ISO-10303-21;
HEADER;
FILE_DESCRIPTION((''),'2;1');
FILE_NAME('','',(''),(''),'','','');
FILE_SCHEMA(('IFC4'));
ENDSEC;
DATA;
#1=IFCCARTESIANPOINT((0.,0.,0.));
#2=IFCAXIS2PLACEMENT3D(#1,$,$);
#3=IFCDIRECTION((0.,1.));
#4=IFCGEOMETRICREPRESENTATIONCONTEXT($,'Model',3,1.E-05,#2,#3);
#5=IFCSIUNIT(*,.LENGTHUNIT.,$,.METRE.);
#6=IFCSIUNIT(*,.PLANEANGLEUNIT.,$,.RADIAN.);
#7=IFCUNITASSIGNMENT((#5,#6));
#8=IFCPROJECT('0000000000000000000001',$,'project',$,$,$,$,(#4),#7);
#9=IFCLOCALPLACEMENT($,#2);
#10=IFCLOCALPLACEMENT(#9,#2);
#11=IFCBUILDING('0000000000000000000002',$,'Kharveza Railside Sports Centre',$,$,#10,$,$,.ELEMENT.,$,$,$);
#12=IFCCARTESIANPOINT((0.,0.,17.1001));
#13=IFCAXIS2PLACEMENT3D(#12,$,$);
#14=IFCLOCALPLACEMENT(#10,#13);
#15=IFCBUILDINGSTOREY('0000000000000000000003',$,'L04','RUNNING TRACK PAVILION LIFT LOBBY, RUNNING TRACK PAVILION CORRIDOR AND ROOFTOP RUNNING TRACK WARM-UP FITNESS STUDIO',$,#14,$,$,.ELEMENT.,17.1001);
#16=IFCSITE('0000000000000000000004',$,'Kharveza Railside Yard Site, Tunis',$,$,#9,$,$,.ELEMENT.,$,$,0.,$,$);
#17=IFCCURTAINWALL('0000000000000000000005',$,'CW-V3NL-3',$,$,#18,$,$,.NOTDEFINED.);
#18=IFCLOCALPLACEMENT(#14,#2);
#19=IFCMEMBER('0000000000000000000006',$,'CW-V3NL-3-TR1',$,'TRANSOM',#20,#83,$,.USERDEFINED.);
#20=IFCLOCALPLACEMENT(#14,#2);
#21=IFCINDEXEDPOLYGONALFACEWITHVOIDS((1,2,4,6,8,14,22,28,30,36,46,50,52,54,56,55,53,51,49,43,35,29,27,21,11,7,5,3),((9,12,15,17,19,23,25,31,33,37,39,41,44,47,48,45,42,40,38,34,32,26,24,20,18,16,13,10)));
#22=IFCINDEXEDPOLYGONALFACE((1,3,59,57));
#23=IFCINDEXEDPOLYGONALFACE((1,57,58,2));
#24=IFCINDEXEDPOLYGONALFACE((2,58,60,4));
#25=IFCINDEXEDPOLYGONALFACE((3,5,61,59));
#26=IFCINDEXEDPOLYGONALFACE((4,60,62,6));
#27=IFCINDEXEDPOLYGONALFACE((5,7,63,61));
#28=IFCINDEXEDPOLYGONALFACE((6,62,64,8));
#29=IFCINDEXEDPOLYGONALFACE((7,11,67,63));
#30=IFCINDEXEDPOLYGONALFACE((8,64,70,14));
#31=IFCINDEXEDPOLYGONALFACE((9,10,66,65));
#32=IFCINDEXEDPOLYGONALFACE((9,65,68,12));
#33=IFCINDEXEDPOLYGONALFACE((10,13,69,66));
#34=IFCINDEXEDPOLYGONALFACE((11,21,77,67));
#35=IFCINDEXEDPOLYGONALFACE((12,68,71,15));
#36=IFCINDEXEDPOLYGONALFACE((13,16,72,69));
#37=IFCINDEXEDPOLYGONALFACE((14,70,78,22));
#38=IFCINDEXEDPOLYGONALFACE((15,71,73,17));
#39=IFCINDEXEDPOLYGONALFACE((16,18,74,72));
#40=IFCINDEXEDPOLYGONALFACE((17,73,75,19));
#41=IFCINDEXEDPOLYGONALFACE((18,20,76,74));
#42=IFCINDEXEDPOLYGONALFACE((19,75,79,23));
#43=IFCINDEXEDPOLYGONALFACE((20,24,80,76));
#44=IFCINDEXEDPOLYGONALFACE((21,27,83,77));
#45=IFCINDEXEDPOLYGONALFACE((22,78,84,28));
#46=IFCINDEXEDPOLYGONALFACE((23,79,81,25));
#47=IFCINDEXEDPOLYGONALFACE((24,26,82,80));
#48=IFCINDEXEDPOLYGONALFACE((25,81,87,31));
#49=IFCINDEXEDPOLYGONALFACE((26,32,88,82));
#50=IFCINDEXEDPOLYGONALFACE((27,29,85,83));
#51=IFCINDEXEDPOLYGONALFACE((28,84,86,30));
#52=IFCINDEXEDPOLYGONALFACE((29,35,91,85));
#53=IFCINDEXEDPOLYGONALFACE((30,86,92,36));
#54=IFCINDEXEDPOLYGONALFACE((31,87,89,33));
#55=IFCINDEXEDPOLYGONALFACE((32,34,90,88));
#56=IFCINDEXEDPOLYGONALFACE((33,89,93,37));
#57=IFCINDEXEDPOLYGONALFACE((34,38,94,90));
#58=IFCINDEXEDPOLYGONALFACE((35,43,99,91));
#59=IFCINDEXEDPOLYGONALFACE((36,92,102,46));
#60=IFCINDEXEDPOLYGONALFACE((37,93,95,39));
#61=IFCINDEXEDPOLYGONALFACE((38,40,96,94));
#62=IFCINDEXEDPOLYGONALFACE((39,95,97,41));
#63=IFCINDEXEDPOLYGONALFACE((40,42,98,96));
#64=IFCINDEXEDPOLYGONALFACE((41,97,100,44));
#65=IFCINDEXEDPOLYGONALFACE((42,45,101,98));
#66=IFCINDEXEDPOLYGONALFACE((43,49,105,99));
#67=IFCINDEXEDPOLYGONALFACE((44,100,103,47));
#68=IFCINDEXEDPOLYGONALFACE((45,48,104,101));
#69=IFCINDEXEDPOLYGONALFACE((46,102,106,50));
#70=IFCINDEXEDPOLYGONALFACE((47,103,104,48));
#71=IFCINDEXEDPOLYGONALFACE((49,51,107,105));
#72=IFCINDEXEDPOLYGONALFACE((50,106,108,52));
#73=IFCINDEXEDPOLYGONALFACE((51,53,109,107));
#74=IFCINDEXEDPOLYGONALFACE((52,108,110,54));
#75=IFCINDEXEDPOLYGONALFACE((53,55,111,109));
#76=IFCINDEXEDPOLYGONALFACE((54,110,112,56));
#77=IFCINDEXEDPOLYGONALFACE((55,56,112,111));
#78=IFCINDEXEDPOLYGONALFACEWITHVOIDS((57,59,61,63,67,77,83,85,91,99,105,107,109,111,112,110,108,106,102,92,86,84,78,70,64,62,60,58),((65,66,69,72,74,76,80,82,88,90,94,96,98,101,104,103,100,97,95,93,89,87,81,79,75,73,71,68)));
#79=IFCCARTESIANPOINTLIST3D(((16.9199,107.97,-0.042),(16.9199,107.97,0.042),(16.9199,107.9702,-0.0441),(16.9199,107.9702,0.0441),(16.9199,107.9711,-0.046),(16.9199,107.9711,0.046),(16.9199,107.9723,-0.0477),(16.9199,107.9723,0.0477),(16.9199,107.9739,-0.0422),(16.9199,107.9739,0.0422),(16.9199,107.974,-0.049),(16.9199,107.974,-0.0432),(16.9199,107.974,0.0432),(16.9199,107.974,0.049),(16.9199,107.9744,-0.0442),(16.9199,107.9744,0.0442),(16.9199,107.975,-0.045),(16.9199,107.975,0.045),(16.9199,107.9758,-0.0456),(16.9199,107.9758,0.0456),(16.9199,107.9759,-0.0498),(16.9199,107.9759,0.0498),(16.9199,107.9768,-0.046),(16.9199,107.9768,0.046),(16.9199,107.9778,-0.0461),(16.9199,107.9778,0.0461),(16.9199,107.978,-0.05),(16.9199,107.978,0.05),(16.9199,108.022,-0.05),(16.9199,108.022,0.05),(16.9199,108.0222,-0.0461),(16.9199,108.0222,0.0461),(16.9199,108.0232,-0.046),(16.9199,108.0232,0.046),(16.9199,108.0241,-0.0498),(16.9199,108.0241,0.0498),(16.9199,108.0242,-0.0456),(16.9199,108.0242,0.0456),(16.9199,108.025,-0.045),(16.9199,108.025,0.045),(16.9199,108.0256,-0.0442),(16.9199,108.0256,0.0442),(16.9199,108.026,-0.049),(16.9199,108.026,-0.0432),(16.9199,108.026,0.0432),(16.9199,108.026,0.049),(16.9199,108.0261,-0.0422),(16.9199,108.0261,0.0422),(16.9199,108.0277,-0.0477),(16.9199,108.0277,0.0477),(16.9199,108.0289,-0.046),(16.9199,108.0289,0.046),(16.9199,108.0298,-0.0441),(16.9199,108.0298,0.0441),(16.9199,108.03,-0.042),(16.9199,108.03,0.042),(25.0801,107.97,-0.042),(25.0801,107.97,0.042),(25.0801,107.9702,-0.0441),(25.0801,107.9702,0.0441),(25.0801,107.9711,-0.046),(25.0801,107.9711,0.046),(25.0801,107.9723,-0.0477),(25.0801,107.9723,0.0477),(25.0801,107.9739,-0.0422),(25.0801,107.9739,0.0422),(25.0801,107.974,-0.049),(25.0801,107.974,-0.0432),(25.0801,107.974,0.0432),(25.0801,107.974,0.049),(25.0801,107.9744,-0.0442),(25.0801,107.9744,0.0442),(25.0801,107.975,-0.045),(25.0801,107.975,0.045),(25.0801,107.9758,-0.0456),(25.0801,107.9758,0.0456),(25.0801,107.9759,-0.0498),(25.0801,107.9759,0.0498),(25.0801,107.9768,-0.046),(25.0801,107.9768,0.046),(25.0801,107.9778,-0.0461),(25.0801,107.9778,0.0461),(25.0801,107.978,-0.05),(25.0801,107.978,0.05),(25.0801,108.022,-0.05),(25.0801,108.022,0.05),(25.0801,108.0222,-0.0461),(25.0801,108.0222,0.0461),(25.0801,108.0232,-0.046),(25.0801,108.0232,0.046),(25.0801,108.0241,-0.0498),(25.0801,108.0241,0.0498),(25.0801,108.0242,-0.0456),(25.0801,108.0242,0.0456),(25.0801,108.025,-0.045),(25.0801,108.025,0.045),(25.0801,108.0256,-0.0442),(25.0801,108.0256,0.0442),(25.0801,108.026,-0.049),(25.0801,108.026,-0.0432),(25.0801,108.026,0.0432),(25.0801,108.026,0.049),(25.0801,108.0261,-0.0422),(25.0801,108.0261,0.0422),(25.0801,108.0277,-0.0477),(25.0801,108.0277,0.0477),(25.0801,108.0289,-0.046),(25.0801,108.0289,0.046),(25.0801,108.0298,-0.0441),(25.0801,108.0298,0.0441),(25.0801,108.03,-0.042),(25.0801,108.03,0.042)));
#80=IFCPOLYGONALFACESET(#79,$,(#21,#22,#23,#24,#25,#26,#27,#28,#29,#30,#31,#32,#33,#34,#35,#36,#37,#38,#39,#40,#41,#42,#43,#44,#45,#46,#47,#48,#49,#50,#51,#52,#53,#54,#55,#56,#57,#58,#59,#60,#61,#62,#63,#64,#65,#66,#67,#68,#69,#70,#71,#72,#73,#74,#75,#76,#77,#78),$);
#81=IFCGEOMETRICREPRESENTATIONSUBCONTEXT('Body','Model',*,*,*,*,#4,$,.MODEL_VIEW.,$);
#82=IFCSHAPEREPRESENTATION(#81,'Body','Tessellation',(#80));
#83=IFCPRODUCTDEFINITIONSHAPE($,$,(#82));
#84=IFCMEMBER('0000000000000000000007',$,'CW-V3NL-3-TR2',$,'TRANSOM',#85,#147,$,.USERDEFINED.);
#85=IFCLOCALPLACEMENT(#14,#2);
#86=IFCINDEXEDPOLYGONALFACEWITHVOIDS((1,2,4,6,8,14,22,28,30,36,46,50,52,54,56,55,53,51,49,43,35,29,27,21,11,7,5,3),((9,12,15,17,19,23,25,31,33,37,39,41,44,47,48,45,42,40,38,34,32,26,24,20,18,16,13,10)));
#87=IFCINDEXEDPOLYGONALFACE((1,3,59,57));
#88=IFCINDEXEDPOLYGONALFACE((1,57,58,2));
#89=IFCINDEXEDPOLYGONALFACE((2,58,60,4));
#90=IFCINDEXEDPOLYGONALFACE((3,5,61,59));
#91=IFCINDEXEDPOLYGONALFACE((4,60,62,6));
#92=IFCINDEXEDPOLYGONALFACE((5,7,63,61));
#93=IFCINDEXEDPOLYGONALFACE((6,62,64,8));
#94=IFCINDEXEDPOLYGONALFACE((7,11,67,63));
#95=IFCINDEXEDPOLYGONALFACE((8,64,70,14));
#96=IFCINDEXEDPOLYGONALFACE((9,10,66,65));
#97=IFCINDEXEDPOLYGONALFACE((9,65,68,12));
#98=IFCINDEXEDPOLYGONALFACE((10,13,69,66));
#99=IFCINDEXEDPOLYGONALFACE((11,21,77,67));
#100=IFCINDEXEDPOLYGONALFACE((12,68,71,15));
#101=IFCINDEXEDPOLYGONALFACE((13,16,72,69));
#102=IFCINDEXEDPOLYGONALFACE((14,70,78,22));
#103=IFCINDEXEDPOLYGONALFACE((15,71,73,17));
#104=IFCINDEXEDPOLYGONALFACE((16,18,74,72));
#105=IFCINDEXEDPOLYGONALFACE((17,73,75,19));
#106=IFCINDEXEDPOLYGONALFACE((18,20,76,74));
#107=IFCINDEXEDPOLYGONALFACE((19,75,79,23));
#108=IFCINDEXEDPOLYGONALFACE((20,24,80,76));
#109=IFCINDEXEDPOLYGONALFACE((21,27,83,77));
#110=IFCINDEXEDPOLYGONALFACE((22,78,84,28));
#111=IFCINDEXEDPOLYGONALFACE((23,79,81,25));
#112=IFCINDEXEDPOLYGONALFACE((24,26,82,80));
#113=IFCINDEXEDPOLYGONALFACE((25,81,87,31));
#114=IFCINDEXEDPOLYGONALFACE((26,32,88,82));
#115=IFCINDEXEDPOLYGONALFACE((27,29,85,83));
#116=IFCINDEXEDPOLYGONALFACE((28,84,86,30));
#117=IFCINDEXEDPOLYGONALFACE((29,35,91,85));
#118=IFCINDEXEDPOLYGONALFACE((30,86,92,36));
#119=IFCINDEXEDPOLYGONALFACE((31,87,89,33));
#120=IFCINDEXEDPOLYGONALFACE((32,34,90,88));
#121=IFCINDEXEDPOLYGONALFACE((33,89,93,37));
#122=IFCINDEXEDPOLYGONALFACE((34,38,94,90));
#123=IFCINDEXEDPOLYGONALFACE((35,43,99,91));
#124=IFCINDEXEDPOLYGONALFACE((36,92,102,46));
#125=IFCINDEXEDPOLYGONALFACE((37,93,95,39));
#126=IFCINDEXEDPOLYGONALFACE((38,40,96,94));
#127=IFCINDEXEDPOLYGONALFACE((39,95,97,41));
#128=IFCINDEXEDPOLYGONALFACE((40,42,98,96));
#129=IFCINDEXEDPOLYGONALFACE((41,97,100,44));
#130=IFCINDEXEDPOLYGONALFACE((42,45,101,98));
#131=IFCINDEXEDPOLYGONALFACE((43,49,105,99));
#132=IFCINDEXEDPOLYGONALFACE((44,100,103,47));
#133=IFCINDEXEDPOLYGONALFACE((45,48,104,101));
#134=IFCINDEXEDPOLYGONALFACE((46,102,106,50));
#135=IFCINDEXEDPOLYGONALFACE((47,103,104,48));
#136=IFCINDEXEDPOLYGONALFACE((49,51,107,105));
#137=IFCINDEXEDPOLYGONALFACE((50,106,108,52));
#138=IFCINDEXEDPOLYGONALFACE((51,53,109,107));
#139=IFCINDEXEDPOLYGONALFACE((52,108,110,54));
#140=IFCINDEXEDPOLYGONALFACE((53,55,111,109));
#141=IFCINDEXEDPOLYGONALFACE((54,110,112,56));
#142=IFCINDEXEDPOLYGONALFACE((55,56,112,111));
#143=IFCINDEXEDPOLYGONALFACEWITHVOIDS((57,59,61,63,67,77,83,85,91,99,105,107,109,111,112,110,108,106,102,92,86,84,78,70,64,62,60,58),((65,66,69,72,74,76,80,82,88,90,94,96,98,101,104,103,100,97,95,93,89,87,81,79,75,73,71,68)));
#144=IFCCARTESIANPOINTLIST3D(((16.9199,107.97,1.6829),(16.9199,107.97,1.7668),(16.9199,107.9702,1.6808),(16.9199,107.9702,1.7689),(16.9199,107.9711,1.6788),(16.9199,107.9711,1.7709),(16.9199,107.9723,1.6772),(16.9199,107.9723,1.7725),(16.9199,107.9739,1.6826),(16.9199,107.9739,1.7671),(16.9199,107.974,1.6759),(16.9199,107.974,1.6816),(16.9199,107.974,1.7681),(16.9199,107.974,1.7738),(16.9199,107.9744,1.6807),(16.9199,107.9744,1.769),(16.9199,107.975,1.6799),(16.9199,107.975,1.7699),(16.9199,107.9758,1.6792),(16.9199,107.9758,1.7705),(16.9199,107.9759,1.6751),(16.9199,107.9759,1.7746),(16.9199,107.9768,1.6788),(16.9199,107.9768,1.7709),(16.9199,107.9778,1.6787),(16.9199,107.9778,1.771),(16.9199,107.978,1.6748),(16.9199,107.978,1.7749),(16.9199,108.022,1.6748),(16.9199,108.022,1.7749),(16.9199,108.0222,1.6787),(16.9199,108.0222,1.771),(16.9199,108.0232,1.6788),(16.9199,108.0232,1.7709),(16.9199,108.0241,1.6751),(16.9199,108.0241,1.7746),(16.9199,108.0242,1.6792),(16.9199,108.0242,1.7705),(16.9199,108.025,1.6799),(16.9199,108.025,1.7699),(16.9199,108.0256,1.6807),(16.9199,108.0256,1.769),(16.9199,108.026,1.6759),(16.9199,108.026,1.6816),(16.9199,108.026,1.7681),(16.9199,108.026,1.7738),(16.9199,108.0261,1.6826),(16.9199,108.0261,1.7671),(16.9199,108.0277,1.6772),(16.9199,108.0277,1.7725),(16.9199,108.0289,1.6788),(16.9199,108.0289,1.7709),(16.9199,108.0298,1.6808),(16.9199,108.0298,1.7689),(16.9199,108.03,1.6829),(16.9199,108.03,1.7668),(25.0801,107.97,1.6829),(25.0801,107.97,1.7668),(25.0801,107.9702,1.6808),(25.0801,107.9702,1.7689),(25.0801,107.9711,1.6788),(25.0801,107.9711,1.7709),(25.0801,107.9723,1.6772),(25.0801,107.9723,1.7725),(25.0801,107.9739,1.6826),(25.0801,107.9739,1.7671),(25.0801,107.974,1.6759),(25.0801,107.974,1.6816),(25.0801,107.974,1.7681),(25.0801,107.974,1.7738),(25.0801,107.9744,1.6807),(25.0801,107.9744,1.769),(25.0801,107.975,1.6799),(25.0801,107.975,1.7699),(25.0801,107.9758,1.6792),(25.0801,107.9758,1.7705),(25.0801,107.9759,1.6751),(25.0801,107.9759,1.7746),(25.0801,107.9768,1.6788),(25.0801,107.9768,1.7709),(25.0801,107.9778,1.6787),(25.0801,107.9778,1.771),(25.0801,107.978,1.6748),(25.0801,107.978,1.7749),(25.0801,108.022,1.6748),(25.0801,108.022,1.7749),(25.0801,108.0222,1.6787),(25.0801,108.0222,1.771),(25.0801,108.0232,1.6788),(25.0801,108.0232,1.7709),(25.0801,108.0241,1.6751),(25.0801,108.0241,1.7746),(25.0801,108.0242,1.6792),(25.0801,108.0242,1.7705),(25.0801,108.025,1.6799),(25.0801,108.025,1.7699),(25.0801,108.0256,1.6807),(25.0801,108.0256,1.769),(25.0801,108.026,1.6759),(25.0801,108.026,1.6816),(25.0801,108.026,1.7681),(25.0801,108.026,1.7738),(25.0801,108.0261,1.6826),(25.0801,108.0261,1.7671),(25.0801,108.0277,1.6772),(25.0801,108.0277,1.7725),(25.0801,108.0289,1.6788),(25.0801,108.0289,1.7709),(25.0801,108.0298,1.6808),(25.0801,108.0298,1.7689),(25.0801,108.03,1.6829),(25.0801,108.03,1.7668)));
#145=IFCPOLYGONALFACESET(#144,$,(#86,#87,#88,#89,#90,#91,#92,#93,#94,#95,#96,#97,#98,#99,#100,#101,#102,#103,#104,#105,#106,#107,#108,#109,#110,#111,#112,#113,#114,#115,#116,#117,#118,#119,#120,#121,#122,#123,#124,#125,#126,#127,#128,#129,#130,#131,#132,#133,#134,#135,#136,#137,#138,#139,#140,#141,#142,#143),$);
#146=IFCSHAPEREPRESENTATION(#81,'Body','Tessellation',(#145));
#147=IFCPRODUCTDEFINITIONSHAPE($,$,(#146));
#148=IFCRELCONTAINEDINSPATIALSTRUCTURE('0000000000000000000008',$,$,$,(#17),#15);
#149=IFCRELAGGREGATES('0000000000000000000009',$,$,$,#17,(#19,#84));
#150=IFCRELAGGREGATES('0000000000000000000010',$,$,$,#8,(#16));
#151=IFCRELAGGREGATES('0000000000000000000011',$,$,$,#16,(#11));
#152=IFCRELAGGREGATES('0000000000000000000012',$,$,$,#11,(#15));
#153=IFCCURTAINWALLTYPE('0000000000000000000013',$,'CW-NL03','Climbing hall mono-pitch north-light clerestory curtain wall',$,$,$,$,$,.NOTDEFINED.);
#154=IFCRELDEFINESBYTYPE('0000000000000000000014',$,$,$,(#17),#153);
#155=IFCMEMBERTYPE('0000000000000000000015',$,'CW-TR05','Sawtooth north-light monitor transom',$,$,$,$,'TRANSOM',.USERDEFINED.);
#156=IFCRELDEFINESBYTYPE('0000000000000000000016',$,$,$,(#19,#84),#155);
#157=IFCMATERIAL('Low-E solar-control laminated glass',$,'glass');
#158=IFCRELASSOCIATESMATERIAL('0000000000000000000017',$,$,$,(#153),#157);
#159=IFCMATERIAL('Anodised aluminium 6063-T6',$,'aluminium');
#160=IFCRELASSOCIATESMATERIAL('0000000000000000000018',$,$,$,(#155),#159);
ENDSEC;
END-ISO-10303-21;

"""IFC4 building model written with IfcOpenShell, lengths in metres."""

from ifc_helpers import new_model, si_unit, direction, frame, origin, origin_2d, place, context, subcontext, project, spatial, hollow_rectangle, extrude, material, material_profile, profile_set, type_object, element, aggregate, save


model = new_model("IFC4")

# Units and contexts
model_context = context("Model", 3, precision=1e-05, world=origin(), true_north=direction((0.0, 1.0)))
body_context = subcontext(model_context, "Body", "Model", "MODEL_VIEW")
ifc_project = project(units=[si_unit("LENGTHUNIT", "METRE"), si_unit("PLANEANGLEUNIT", "RADIAN")], contexts=[model_context])

# Site, building, storey
site_placement = place(None, origin())
site = spatial("IfcSite", under=ifc_project, at=site_placement, Name="Kharveza Railside Yard Site, Tunis", CompositionType="ELEMENT", RefElevation=0.0)
building_placement = place(site_placement, origin())
building = spatial("IfcBuilding", under=site, at=building_placement, Name="Kharveza Railside Sports Centre", CompositionType="ELEMENT")
storey_placement = place(building_placement, frame((0.0, 0.0, 17.1001)))
storey = spatial("IfcBuildingStorey", under=building, at=storey_placement, Name="L04", Description="RUNNING TRACK PAVILION LIFT LOBBY, RUNNING TRACK PAVILION CORRIDOR AND ROOFTOP RUNNING TRACK WARM-UP FITNESS STUDIO", CompositionType="ELEMENT", Elevation=17.1001)

# Curtain wall
ifc_material_1 = material(Name="Low-E solar-control laminated glass", Category="glass")
curtain_wall_type = type_object("IfcCurtainWallType", Name="CW-NL03", Description="Climbing hall mono-pitch north-light clerestory curtain wall", PredefinedType="NOTDEFINED", material=ifc_material_1)
ifc_material_2 = material(Name="Anodised aluminium 6063-T6", Category="aluminium")
curtain_wall_1_placement = place(storey_placement, origin())
curtain_wall_1 = element("IfcCurtainWall", 1, at=curtain_wall_1_placement, inside=storey, type_object=curtain_wall_type, Name="CW-V3NL-3", PredefinedType="NOTDEFINED")

# Members
ifc_material_profile_1 = material_profile(ifc_material_2, hollow_rectangle(XDim=0.0601, YDim=0.1001, WallThickness=0.0039, InnerFilletRadius=0.0039, OuterFilletRadius=0.0081, at=origin_2d()), Name="RHS 60x100x4.0")
ifc_profile_set_1 = profile_set([ifc_material_profile_1], Name="Anodised aluminium 6063-T6")
member_type_1 = type_object("IfcMemberType", Name="CW-TR05", Description="Sawtooth north-light monitor transom", ElementType="TRANSOM", PredefinedType="USERDEFINED", material=ifc_profile_set_1)
member_1_placement = place(storey_placement, frame((16.9199, 108.0, 0.0), z_axis=(1.0, 0.0, 0.0), x_axis=(0.0, 1.0, 0.0)))
member_1 = element("IfcMember", 2, at=member_1_placement, type_object=member_type_1, Name="CW-V3NL-3-TR1", ObjectType="TRANSOM", PredefinedType="USERDEFINED", context=body_context, shape_type="SweptSolid", body=[
    extrude(hollow_rectangle(XDim=0.0601, YDim=0.1001, WallThickness=0.0039, InnerFilletRadius=0.0039, OuterFilletRadius=0.0081, at=origin_2d()), origin(), (0.0, 0.0, 1.0), 8.1602),
])
member_2_placement = place(storey_placement, frame((16.9199, 108.0, 1.7249), z_axis=(1.0, 0.0, 0.0), x_axis=(0.0, 1.0, 0.0)))
member_2 = element("IfcMember", 3, at=member_2_placement, type_object=member_type_1, Name="CW-V3NL-3-TR2", ObjectType="TRANSOM", PredefinedType="USERDEFINED", context=body_context, shape_type="SweptSolid", body=[
    extrude(hollow_rectangle(XDim=0.0601, YDim=0.1001, WallThickness=0.0039, InnerFilletRadius=0.0039, OuterFilletRadius=0.0081, at=origin_2d()), origin(), (0.0, 0.0, 1.0), 8.1602),
])

aggregate(curtain_wall_1, [member_1, member_2])

save(model, "model.ifc")
